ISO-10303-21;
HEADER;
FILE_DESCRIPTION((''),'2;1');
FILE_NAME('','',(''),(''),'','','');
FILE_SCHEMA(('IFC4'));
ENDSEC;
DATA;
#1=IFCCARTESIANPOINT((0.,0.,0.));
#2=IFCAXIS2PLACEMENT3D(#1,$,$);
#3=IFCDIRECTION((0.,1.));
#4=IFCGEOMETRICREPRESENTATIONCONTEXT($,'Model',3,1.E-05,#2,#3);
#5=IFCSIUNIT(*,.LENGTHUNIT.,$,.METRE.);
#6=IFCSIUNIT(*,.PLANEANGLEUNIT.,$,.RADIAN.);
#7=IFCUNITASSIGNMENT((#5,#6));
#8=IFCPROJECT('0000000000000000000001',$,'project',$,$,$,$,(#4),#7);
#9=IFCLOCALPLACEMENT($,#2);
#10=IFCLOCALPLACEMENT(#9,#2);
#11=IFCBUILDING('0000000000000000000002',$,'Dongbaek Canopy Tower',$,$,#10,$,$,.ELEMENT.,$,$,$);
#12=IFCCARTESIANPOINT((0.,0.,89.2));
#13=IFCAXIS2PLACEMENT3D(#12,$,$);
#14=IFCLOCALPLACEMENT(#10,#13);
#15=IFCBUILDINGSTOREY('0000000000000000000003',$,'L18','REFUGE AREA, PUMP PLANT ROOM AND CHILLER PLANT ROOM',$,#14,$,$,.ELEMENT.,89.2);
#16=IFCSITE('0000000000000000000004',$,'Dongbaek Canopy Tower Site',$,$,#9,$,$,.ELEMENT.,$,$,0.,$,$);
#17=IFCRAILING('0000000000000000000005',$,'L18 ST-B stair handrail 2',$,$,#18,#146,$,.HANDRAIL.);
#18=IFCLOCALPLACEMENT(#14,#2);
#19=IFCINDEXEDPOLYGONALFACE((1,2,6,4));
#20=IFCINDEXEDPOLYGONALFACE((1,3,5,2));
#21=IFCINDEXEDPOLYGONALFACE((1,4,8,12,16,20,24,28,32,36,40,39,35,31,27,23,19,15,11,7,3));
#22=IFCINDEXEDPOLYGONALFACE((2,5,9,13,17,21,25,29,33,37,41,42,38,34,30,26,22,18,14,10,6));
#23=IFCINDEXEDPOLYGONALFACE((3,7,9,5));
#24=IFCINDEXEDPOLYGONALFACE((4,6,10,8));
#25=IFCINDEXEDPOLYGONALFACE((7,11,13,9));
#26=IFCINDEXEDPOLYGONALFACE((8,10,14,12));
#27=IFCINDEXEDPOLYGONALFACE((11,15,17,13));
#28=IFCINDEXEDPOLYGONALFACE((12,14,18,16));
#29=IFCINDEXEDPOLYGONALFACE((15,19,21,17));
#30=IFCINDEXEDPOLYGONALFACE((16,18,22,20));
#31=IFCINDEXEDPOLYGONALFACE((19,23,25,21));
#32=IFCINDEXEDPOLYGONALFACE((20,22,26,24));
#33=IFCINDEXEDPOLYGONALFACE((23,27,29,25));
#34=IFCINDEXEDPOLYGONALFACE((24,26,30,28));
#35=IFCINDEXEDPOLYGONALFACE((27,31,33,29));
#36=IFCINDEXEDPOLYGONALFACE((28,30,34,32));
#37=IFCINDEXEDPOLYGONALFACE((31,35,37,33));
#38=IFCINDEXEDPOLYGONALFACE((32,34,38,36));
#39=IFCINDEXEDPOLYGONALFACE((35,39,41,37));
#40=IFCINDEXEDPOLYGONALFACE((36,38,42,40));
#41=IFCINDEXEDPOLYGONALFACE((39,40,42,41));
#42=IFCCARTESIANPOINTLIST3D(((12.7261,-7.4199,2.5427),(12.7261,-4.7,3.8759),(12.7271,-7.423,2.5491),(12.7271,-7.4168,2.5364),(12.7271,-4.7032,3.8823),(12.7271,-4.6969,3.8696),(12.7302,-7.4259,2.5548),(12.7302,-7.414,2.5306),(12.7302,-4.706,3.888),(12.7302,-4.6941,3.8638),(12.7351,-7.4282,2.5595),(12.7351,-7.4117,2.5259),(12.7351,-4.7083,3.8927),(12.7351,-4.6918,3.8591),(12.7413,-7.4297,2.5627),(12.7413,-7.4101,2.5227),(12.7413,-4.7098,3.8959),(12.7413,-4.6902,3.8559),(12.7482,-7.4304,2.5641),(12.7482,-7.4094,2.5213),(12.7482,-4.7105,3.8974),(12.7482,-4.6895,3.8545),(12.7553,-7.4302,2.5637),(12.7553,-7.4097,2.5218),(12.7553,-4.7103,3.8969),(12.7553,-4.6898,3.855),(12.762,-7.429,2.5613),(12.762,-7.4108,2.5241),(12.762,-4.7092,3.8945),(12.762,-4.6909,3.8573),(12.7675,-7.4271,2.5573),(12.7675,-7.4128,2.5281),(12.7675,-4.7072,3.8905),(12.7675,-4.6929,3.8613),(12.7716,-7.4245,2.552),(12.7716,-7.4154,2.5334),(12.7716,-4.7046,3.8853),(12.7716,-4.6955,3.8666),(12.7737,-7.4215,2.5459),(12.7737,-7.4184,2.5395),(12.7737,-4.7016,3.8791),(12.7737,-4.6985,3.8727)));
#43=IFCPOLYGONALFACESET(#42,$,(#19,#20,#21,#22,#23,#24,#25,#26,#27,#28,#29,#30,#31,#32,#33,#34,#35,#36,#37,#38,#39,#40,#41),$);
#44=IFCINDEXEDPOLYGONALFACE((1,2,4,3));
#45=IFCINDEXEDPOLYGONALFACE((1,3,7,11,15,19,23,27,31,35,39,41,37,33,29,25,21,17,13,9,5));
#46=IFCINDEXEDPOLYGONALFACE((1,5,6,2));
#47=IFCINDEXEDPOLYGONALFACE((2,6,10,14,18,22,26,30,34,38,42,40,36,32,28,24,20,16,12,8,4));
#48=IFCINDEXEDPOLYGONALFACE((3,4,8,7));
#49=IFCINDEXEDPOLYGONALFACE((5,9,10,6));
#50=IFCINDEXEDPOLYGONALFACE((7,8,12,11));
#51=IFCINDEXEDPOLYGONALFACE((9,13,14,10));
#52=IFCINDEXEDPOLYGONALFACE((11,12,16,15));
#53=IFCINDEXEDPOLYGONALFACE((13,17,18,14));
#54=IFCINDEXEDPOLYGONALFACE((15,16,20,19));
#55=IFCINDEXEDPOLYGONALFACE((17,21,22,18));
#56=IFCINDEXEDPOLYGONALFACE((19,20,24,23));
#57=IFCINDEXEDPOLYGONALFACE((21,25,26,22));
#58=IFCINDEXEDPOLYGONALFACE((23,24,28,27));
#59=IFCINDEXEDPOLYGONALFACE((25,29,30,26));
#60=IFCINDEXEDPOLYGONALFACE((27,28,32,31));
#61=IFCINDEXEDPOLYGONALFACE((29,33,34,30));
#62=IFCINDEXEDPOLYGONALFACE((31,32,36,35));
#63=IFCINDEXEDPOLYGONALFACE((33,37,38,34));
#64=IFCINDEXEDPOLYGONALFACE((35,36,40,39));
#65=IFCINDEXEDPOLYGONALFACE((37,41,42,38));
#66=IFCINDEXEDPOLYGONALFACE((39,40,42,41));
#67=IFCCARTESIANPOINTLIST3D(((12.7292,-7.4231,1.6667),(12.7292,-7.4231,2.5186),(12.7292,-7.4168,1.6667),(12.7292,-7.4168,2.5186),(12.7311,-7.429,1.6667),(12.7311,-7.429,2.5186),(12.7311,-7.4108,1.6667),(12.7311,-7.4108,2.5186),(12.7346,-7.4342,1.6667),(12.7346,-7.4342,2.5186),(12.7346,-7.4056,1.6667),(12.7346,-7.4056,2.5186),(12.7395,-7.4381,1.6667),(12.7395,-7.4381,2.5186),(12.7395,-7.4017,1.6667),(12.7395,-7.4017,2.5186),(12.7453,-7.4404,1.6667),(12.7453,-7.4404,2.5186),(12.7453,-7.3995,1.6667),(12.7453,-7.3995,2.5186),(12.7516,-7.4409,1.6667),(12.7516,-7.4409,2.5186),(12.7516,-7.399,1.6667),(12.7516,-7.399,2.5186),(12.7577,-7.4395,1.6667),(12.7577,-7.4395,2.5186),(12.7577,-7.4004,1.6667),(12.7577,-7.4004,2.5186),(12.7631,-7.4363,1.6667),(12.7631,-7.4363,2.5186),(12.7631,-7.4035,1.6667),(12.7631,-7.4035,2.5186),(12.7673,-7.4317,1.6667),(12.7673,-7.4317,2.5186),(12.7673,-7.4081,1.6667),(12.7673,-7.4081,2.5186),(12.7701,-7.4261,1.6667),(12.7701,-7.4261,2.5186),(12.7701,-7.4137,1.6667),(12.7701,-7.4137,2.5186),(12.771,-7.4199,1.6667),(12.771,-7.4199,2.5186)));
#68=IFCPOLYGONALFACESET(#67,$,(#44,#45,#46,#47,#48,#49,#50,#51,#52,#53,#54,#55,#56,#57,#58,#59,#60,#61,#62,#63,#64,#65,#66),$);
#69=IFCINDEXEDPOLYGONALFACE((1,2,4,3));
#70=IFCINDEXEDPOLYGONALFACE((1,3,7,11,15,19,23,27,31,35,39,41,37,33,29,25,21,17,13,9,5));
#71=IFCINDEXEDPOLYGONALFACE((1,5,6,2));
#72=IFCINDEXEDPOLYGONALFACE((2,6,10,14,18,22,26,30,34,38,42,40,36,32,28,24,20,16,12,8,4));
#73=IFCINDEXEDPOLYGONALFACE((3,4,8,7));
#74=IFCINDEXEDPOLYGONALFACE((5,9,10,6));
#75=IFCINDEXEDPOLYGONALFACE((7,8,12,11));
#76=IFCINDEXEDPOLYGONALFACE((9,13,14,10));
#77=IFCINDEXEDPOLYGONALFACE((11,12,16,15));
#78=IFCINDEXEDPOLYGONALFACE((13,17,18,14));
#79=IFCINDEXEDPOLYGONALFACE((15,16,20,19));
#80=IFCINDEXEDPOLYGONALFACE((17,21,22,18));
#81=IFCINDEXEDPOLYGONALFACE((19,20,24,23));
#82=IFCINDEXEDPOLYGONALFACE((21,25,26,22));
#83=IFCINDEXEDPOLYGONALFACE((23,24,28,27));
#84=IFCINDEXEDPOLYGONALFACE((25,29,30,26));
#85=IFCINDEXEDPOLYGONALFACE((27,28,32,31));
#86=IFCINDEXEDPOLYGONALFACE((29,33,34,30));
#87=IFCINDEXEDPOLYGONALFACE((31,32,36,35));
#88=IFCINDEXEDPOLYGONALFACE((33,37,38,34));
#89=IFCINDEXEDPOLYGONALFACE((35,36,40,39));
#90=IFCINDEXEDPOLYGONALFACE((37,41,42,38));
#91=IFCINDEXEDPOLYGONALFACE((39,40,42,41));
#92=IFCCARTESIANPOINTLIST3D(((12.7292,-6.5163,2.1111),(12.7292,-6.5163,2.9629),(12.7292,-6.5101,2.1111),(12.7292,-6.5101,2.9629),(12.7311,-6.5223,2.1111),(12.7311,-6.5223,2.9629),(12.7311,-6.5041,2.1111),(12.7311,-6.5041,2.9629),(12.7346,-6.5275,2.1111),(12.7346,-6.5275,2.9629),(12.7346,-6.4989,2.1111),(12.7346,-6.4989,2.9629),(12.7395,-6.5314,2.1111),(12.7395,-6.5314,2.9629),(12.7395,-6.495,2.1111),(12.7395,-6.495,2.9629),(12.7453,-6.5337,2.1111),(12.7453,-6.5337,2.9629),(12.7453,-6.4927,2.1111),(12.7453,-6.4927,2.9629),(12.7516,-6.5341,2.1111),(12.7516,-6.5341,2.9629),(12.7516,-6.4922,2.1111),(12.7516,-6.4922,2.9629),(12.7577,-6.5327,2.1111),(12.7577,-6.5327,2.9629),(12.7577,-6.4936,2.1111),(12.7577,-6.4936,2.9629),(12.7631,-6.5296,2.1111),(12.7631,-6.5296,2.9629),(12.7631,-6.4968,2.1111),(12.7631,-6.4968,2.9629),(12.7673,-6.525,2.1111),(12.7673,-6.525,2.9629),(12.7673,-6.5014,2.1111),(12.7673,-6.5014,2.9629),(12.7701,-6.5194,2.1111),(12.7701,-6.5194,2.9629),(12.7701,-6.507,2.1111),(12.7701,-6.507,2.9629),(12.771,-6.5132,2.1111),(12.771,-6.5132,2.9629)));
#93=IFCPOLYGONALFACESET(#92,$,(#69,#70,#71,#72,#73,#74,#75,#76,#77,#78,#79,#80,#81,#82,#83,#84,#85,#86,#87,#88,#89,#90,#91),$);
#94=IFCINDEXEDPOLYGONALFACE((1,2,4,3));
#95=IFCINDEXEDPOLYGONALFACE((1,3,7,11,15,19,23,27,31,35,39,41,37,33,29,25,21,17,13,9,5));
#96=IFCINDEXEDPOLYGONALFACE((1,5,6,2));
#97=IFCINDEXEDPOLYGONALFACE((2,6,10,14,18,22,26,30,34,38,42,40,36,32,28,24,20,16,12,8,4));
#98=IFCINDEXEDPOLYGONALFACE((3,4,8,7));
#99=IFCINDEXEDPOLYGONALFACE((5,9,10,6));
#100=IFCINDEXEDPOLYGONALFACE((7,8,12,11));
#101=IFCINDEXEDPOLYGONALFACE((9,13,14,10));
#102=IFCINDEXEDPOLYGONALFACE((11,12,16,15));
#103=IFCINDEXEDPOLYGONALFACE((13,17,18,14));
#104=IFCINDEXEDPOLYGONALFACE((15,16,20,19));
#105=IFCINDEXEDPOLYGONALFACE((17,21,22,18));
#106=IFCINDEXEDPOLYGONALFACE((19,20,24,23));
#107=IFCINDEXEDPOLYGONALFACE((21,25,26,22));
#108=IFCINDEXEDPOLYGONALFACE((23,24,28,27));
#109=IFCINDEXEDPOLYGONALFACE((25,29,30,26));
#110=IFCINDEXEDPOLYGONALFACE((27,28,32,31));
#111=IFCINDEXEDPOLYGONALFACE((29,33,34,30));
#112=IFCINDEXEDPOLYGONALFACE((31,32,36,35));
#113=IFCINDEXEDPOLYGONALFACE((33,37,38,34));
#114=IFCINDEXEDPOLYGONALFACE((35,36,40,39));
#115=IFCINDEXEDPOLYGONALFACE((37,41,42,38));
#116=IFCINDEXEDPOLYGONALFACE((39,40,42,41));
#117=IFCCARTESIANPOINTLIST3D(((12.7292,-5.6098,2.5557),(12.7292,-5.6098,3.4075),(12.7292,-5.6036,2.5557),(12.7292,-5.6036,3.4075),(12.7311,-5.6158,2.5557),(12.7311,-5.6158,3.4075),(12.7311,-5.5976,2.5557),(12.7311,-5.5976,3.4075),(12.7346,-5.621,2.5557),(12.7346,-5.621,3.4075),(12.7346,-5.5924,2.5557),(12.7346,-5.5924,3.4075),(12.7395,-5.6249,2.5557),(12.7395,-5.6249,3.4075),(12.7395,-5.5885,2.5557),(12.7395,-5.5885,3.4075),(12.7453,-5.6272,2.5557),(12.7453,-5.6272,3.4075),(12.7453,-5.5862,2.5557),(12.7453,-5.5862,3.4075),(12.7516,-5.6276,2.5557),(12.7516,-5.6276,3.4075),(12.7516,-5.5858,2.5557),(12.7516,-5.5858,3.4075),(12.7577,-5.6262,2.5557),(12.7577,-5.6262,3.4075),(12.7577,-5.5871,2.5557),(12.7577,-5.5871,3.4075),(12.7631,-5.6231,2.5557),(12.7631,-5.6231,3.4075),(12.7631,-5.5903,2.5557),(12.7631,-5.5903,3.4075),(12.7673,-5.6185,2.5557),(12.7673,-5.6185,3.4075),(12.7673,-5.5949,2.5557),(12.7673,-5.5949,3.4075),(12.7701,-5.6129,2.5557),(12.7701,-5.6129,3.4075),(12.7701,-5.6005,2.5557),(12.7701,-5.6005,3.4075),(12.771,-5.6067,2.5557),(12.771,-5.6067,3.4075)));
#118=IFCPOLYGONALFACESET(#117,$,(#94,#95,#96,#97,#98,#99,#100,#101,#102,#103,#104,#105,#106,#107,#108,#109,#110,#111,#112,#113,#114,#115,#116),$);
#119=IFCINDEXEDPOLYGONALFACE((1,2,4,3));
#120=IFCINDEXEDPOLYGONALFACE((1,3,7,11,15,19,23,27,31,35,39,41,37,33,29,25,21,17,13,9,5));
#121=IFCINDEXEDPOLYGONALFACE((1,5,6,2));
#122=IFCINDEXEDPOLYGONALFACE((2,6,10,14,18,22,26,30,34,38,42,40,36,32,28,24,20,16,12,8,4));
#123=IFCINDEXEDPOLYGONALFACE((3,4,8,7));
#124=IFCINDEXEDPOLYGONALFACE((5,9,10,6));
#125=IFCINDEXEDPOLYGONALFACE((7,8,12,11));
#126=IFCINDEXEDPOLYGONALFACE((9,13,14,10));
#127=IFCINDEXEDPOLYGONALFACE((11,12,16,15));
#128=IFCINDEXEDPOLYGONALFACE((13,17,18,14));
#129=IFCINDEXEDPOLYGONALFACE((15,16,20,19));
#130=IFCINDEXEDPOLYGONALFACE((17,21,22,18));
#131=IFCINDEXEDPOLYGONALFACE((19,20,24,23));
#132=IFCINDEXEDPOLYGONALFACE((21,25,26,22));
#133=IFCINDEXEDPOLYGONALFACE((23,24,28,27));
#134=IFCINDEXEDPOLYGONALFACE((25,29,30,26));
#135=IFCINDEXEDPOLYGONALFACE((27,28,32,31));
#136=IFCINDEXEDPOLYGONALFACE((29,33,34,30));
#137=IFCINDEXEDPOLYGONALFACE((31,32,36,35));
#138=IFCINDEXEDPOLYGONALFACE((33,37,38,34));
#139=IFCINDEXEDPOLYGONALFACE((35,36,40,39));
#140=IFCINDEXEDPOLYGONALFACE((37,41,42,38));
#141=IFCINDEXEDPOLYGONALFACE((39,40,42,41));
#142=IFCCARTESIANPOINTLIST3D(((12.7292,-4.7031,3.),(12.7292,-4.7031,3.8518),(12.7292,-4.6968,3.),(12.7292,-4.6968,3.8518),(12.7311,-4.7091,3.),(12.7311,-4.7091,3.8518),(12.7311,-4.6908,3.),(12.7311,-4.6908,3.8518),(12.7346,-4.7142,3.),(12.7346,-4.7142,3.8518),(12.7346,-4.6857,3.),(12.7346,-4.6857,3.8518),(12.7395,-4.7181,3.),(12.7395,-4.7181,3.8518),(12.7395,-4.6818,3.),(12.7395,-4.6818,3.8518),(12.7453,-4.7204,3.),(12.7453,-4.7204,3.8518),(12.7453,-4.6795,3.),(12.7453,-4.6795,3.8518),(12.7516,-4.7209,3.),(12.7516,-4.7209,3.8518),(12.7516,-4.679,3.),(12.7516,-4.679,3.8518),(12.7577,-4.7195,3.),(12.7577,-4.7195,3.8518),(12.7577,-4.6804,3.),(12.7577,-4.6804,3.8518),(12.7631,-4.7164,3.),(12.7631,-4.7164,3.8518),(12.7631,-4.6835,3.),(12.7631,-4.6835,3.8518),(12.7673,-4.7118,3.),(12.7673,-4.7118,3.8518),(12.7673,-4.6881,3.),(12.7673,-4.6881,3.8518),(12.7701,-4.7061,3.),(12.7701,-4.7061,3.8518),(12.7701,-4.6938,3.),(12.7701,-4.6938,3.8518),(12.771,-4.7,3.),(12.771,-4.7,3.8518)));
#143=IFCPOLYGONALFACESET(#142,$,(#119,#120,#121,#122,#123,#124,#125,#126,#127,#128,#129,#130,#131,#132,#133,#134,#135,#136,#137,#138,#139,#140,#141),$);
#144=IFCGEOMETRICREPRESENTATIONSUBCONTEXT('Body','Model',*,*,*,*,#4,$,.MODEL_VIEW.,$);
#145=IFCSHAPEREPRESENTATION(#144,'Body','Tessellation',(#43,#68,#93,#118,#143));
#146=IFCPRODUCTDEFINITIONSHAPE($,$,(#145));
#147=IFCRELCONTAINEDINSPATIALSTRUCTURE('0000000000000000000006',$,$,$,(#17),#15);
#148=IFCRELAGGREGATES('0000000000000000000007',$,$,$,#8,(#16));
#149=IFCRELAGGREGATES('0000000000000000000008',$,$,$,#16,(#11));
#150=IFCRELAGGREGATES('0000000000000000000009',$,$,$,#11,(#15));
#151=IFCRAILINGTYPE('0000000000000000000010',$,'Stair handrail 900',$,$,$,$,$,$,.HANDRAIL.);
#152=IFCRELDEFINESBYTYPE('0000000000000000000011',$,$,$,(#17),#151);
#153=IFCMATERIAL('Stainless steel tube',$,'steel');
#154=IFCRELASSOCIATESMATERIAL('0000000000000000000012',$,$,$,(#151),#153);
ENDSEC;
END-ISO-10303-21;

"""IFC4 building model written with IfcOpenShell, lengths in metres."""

from ifc_helpers import new_model, si_unit, direction, frame, origin, origin_2d, place, context, subcontext, project, spatial, circle, extrude, material, type_object, element, save


model = new_model("IFC4")

# Units and contexts
model_context = context("Model", 3, precision=1e-05, world=origin(), true_north=direction((0.0, 1.0)))
body_context = subcontext(model_context, "Body", "Model", "MODEL_VIEW")
ifc_project = project(units=[si_unit("LENGTHUNIT", "METRE"), si_unit("PLANEANGLEUNIT", "RADIAN")], contexts=[model_context])

# Site, building, storey
site_placement = place(None, origin())
site = spatial("IfcSite", under=ifc_project, at=site_placement, Name="Dongbaek Canopy Tower Site", CompositionType="ELEMENT", RefElevation=0.0)
building_placement = place(site_placement, origin())
building = spatial("IfcBuilding", under=site, at=building_placement, Name="Dongbaek Canopy Tower", CompositionType="ELEMENT")
storey_placement = place(building_placement, frame((0.0, 0.0, 89.2)))
storey = spatial("IfcBuildingStorey", under=building, at=storey_placement, Name="L18", Description="REFUGE AREA, PUMP PLANT ROOM AND CHILLER PLANT ROOM", CompositionType="ELEMENT", Elevation=89.2)

# Railing
ifc_material_1 = material(Name="Stainless steel tube", Category="steel")
railing_type_1 = type_object("IfcRailingType", Name="Stair handrail 900", PredefinedType="HANDRAIL", material=ifc_material_1)
for number, where, name in (
    (1, (12.75, -7.4199, 1.6667), "L18 ST-B stair handrail 2"),
):
    element("IfcRailing", number, at=place(storey_placement, frame(where)), inside=storey, type_object=railing_type_1, Name=name, PredefinedType="HANDRAIL", context=body_context, shape_type="SweptSolid", body=[
        extrude(circle(Radius=0.0239, at=origin_2d()), frame((0.0, 0.0, 0.876), z_axis=(0.0, 0.897929, 0.440139), x_axis=(-1.0, 0.0, 0.0)), (0.0, 0.0, 1.0), 3.0291),
        extrude(circle(Radius=0.021, at=origin_2d()), origin(), (0.0, 0.0, 1.0), 0.8518),
        extrude(circle(Radius=0.021, at=origin_2d()), frame((0.0, 0.9067, 0.4443)), (0.0, 0.0, 1.0), 0.8518),
        extrude(circle(Radius=0.021, at=origin_2d()), frame((0.0, 1.8132, 0.8889)), (0.0, 0.0, 1.0), 0.8518),
        extrude(circle(Radius=0.021, at=origin_2d()), frame((0.0, 2.72, 1.3333)), (0.0, 0.0, 1.0), 0.8518),
    ])

save(model, "model.ifc")
